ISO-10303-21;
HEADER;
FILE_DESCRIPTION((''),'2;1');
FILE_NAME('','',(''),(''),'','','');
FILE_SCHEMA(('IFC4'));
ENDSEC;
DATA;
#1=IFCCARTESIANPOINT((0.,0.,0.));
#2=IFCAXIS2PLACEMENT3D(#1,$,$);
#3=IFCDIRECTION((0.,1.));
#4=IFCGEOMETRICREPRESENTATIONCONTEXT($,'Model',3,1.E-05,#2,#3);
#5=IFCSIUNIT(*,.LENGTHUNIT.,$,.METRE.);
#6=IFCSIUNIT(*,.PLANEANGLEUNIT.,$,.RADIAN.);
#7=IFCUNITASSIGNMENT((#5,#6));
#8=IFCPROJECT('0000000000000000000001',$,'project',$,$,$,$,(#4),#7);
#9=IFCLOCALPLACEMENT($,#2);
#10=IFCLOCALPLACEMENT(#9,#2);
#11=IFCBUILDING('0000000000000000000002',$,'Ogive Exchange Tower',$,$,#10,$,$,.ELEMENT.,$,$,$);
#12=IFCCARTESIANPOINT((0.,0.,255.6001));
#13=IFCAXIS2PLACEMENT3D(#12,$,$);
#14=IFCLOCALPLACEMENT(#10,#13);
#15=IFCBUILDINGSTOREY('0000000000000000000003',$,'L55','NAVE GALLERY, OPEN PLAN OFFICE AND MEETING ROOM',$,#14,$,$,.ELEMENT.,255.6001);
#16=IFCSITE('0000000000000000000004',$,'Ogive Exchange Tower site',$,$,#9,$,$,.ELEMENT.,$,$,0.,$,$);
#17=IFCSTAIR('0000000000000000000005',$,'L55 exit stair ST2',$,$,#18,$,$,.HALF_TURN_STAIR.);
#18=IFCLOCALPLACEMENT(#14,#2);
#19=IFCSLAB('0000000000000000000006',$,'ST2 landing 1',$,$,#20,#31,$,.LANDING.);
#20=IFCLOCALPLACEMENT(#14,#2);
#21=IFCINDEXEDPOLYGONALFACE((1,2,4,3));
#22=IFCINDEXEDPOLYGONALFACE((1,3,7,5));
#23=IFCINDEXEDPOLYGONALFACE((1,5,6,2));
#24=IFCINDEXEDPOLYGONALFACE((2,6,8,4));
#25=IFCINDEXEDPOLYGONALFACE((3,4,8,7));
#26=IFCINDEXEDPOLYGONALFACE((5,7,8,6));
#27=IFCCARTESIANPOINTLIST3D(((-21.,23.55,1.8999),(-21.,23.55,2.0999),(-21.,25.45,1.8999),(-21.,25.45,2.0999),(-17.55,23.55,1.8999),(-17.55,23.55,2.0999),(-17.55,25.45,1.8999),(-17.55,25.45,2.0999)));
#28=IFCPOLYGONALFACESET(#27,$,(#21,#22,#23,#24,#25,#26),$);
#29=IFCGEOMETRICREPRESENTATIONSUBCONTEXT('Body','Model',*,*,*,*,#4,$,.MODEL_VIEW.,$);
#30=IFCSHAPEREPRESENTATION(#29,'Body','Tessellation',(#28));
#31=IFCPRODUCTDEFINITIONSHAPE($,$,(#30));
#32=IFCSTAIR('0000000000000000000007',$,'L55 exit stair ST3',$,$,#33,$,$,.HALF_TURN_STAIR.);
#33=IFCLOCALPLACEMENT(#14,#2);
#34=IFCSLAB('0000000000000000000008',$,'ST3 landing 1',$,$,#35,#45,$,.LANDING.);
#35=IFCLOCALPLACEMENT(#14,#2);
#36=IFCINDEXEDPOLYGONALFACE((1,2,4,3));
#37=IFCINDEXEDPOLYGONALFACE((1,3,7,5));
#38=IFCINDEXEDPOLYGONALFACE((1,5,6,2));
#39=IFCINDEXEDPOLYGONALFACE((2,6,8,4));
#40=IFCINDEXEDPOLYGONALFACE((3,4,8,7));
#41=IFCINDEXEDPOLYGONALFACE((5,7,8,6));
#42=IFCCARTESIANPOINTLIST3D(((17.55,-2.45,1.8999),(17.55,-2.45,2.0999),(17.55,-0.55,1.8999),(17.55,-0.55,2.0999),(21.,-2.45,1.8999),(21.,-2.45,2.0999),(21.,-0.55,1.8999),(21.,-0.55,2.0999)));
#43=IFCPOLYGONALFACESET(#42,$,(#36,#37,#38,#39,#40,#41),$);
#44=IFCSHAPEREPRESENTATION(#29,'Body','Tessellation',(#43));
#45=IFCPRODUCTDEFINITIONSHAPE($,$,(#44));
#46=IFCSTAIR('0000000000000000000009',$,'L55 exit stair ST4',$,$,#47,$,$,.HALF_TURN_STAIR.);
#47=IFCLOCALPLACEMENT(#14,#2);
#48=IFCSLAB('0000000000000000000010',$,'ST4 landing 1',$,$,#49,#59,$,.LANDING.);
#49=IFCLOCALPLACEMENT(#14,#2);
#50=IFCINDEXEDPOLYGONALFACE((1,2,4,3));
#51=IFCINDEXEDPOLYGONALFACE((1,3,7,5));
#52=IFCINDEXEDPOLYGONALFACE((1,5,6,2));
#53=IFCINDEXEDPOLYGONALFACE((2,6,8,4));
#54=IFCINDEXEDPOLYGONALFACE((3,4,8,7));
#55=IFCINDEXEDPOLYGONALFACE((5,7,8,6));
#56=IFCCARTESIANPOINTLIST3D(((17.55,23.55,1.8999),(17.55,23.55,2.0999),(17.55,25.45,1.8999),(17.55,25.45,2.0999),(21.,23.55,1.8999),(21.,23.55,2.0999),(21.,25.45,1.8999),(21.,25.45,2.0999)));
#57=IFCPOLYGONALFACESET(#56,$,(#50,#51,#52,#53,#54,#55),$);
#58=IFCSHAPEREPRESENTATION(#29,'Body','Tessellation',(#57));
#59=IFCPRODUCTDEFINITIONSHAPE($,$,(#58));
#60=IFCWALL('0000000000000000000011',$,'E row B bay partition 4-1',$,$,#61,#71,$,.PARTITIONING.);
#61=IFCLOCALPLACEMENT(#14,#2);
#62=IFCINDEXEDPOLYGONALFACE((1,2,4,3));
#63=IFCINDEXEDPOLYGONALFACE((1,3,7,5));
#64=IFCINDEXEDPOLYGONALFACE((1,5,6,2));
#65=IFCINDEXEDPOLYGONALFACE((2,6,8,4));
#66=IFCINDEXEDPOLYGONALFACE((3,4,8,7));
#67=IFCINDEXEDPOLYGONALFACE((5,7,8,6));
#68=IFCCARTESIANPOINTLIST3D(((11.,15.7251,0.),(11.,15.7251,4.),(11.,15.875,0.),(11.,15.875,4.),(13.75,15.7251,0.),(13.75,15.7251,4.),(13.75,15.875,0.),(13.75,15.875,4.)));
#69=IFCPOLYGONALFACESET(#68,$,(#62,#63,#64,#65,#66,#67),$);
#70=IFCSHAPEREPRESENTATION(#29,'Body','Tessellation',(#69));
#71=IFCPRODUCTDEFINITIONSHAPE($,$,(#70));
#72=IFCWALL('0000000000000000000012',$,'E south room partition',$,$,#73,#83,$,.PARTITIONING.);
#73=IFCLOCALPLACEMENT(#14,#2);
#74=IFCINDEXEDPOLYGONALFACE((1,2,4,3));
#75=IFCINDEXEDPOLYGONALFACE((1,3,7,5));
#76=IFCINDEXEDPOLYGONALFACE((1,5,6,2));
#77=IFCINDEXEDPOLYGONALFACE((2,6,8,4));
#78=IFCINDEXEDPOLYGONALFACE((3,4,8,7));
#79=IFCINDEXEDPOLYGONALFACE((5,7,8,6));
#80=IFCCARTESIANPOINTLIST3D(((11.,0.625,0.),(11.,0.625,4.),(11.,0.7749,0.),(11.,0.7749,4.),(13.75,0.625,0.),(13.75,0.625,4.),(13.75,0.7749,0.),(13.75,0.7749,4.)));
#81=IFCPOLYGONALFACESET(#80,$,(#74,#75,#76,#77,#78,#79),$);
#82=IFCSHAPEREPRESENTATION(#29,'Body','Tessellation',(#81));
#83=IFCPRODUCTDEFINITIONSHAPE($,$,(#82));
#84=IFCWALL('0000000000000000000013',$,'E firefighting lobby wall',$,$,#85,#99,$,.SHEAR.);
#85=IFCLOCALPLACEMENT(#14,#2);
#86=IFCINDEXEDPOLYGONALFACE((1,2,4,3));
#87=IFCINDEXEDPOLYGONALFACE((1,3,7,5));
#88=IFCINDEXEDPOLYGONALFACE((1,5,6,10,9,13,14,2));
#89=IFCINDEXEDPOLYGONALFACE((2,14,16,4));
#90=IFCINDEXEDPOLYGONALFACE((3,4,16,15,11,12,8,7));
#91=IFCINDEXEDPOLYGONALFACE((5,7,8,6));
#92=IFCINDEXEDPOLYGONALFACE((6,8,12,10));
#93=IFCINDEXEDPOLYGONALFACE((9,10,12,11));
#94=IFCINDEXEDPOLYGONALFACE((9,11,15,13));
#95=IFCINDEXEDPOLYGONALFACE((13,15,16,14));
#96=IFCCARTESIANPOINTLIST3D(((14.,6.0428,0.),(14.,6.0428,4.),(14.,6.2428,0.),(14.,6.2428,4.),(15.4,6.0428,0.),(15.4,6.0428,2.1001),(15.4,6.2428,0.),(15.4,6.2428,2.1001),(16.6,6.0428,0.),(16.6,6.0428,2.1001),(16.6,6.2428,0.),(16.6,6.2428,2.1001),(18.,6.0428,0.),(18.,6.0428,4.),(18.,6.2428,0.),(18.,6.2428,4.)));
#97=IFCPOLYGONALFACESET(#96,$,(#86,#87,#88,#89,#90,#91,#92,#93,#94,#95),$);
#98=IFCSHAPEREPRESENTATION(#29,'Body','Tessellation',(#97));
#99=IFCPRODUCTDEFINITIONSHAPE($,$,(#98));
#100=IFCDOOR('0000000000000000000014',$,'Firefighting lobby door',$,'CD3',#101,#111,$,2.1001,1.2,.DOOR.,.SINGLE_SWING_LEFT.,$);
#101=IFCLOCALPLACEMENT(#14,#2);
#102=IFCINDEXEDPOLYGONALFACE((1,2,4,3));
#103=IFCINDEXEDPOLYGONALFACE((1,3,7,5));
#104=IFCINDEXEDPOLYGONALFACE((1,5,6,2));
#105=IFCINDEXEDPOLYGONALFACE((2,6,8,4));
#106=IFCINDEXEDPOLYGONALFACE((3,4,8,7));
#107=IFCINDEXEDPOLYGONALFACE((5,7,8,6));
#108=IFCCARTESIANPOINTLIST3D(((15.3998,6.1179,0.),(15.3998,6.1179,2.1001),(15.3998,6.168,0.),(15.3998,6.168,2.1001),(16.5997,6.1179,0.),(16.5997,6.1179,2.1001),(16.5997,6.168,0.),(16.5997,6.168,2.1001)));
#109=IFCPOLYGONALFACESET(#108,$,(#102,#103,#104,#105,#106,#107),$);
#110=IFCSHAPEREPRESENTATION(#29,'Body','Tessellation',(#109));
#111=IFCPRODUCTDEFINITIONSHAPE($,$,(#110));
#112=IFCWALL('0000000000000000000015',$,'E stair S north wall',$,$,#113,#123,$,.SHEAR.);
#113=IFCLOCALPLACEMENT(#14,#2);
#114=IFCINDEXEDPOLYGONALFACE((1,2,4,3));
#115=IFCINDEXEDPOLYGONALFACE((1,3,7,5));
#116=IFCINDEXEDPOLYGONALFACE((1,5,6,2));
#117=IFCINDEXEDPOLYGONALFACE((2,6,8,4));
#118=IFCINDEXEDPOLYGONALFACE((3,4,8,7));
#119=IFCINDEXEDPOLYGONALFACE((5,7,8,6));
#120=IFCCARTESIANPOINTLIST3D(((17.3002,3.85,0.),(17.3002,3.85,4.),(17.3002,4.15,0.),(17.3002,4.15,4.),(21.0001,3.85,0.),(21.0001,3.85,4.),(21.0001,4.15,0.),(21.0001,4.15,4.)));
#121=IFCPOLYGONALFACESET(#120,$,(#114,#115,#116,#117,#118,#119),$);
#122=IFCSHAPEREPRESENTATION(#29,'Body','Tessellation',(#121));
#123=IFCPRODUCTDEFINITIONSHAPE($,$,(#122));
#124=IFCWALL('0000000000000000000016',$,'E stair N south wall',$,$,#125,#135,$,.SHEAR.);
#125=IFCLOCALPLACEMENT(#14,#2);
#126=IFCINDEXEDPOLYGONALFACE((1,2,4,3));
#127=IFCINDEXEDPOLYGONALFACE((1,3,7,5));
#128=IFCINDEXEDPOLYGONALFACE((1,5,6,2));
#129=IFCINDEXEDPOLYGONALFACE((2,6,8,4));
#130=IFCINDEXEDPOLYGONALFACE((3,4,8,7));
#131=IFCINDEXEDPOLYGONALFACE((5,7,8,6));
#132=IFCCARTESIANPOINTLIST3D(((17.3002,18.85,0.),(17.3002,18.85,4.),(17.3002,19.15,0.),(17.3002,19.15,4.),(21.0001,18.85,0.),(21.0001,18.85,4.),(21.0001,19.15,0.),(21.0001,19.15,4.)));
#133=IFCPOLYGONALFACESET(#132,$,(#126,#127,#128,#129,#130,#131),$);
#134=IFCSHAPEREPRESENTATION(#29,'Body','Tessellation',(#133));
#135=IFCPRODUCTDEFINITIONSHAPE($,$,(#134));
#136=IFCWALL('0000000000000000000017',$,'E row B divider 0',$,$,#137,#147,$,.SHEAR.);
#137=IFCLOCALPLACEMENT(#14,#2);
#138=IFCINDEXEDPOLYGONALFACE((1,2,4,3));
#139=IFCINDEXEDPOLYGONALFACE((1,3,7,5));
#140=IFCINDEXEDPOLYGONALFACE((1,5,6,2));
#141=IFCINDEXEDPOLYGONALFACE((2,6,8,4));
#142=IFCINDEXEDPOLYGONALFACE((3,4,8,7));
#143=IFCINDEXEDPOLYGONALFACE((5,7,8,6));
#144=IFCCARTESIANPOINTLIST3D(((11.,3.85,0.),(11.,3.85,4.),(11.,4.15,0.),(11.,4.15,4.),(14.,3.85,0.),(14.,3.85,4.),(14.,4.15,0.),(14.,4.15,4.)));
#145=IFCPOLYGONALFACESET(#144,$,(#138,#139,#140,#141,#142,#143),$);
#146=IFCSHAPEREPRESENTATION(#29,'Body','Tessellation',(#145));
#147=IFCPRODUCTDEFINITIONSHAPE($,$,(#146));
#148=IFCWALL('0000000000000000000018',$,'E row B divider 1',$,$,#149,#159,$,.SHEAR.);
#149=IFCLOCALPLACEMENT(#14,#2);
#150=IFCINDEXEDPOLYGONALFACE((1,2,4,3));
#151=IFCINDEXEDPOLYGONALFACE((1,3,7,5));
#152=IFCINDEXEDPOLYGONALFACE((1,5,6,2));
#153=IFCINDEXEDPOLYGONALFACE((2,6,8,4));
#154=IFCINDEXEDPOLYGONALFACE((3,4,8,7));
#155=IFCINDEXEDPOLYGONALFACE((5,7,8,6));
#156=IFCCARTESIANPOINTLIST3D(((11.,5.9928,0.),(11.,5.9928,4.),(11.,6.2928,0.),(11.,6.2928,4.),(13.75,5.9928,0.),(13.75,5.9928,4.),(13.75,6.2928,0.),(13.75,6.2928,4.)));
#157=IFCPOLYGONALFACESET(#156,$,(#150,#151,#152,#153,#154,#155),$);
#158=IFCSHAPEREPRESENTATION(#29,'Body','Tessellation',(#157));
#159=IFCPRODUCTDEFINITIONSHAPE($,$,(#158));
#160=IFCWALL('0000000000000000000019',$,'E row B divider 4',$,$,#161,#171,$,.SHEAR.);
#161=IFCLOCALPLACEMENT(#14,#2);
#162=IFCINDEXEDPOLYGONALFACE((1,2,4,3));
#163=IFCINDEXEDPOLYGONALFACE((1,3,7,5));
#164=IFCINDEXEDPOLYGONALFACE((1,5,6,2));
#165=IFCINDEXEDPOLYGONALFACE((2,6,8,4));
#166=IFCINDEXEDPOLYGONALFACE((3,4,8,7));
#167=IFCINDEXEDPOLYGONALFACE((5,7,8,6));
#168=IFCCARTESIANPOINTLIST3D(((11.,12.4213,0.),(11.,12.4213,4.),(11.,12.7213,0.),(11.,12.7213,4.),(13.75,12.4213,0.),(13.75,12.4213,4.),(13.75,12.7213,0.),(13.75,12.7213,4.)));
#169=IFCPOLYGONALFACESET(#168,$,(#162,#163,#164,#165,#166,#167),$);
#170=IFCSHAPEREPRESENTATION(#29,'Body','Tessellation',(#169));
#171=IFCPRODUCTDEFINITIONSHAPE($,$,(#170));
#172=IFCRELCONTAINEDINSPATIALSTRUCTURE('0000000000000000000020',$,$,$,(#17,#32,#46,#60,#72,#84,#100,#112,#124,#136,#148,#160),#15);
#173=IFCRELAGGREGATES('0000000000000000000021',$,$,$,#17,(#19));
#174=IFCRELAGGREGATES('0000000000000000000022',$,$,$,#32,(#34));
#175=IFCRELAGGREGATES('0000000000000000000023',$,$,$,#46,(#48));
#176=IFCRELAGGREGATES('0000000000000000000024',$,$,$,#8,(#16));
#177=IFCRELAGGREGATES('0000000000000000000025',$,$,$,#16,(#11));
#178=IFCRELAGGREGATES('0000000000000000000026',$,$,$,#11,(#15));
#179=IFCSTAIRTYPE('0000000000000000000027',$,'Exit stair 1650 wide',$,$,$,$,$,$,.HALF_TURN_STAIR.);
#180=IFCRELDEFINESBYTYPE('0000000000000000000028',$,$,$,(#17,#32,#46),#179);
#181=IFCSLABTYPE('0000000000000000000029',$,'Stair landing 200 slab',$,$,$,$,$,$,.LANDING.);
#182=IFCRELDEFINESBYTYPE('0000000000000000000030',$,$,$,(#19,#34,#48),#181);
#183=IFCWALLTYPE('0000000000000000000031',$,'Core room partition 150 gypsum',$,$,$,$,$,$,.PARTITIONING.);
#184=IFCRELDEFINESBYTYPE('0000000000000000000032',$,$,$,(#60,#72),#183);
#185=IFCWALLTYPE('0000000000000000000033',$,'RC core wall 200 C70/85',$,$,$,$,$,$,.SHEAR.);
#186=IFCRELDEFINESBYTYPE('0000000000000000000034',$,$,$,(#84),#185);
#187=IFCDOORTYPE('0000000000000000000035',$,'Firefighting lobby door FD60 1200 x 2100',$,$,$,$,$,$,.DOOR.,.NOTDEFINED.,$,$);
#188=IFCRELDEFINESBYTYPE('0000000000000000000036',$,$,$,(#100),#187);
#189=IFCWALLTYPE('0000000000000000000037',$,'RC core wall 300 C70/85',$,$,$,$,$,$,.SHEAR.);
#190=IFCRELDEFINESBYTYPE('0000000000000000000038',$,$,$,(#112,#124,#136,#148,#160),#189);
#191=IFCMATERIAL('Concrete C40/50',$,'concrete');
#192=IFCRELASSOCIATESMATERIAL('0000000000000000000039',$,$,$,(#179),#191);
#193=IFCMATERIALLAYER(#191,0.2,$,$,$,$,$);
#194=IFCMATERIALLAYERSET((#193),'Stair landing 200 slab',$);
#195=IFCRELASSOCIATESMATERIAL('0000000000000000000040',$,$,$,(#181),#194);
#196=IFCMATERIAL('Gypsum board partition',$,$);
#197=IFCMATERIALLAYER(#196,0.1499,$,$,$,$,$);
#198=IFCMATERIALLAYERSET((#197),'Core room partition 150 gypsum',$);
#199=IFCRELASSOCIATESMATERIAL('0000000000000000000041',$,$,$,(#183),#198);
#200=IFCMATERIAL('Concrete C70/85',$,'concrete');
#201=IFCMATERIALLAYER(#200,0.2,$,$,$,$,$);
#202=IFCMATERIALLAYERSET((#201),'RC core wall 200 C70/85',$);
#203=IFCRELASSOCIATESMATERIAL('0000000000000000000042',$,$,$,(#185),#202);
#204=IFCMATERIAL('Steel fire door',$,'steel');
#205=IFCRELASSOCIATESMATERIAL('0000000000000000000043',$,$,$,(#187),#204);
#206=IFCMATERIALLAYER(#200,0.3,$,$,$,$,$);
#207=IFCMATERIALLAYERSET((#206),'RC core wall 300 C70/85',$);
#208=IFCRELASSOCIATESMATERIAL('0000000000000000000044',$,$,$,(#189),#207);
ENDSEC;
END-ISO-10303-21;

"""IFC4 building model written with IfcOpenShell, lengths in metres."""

from ifc_helpers import new_model, si_unit, direction, frame, frame_2d, origin, place, context, subcontext, project, spatial, polyline, rectangle, outline, extrude, material, layer, layer_set, type_object, element, fill, aggregate, save


model = new_model("IFC4")

# Units and contexts
model_context = context("Model", 3, precision=1e-05, world=origin(), true_north=direction((0.0, 1.0)))
body_context = subcontext(model_context, "Body", "Model", "MODEL_VIEW")
ifc_project = project(units=[si_unit("LENGTHUNIT", "METRE"), si_unit("PLANEANGLEUNIT", "RADIAN")], contexts=[model_context])

# Site, building, storey
site_placement = place(None, origin())
site = spatial("IfcSite", under=ifc_project, at=site_placement, Name="Ogive Exchange Tower site", CompositionType="ELEMENT", RefElevation=0.0)
building_placement = place(site_placement, origin())
building = spatial("IfcBuilding", under=site, at=building_placement, Name="Ogive Exchange Tower", CompositionType="ELEMENT")
storey_placement = place(building_placement, frame((0.0, 0.0, 255.6001)))
storey = spatial("IfcBuildingStorey", under=building, at=storey_placement, Name="L55", Description="NAVE GALLERY, OPEN PLAN OFFICE AND MEETING ROOM", CompositionType="ELEMENT", Elevation=255.6001)

# Shared definitions
ifc_material_1 = material(Name="Concrete C70/85", Category="concrete")

# Stairs, slabs
ifc_material_2 = material(Name="Concrete C40/50", Category="concrete")
stair_type = type_object("IfcStairType", Name="Exit stair 1650 wide", PredefinedType="HALF_TURN_STAIR", material=ifc_material_2)
ifc_layer_1 = layer(ifc_material_2, 0.2)
ifc_layer_set_1 = layer_set([ifc_layer_1], Name="Stair landing 200 slab")
slab_type_1 = type_object("IfcSlabType", Name="Stair landing 200 slab", PredefinedType="LANDING", material=ifc_layer_set_1)
stair_1_placement = place(storey_placement, origin())
stair_1 = element("IfcStair", 1, at=stair_1_placement, inside=storey, type_object=stair_type, Name="L55 exit stair ST2", PredefinedType="HALF_TURN_STAIR")
slab_1_placement = place(storey_placement, frame((0.0, 0.0, 1.8999)))
slab_1 = element("IfcSlab", 2, at=slab_1_placement, type_object=slab_type_1, Name="ST2 landing 1", PredefinedType="LANDING", context=body_context, shape_type="SweptSolid", body=[
    extrude(outline(polyline([(-17.55, 23.55), (-17.55, 25.45), (-21.0, 25.45), (-21.0, 23.55), (-17.55, 23.55)])), origin(), (0.0, 0.0, 1.0), 0.2),
])
aggregate(stair_1, [slab_1])
stair_2_placement = place(storey_placement, origin())
stair_2 = element("IfcStair", 3, at=stair_2_placement, inside=storey, type_object=stair_type, Name="L55 exit stair ST3", PredefinedType="HALF_TURN_STAIR")
slab_2_placement = place(storey_placement, frame((0.0, 0.0, 1.8999)))
slab_2 = element("IfcSlab", 4, at=slab_2_placement, type_object=slab_type_1, Name="ST3 landing 1", PredefinedType="LANDING", context=body_context, shape_type="SweptSolid", body=[
    extrude(outline(polyline([(17.55, -0.55), (17.55, -2.45), (21.0, -2.45), (21.0, -0.55), (17.55, -0.55)])), origin(), (0.0, 0.0, 1.0), 0.2),
])
aggregate(stair_2, [slab_2])
stair_3_placement = place(storey_placement, origin())
stair_3 = element("IfcStair", 5, at=stair_3_placement, inside=storey, type_object=stair_type, Name="L55 exit stair ST4", PredefinedType="HALF_TURN_STAIR")
slab_3_placement = place(storey_placement, frame((0.0, 0.0, 1.8999)))
slab_3 = element("IfcSlab", 6, at=slab_3_placement, type_object=slab_type_1, Name="ST4 landing 1", PredefinedType="LANDING", context=body_context, shape_type="SweptSolid", body=[
    extrude(outline(polyline([(21.0, 23.55), (21.0, 25.45), (17.55, 25.45), (17.55, 23.55), (21.0, 23.55)])), origin(), (0.0, 0.0, 1.0), 0.2),
])
aggregate(stair_3, [slab_3])

# Walls
ifc_material_3 = material(Name="Gypsum board partition")
ifc_layer_2 = layer(ifc_material_3, 0.1499)
ifc_layer_set_2 = layer_set([ifc_layer_2], Name="Core room partition 150 gypsum")
wall_type_1 = type_object("IfcWallType", Name="Core room partition 150 gypsum", PredefinedType="PARTITIONING", material=ifc_layer_set_2)
for number, where, z_axis, x_axis, name in (
    (7, (11.0, 15.8, 0.0), (0.0, 0.0, 1.0), (1.0, 0.0, 0.0), "E row B bay partition 4-1"),
    (8, (11.0, 0.7, 0.0), (0.0, 0.0, 1.0), (1.0, 0.0, 0.0), "E south room partition"),
):
    element("IfcWall", number, at=place(storey_placement, frame(where, z_axis=z_axis, x_axis=x_axis)), inside=storey, type_object=wall_type_1, Name=name, PredefinedType="PARTITIONING", context=body_context, shape_type="SweptSolid", body=[
        extrude(rectangle(XDim=2.75, YDim=0.1499, at=frame_2d((1.375, 0.0))), origin(), (0.0, 0.0, 1.0), 4.0),
    ])

# Wall, opening, door
ifc_layer_3 = layer(ifc_material_1, 0.2)
ifc_layer_set_3 = layer_set([ifc_layer_3], Name="RC core wall 200 C70/85")
wall_type_2 = type_object("IfcWallType", Name="RC core wall 200 C70/85", PredefinedType="SHEAR", material=ifc_layer_set_3)
wall_1_placement = place(storey_placement, frame((14.0, 6.1428, 0.0), z_axis=(0.0, 0.0, 1.0), x_axis=(1.0, 0.0, 0.0)))
wall_1 = element("IfcWall", 9, at=wall_1_placement, inside=storey, type_object=wall_type_2, Name="E firefighting lobby wall", PredefinedType="SHEAR", context=body_context, shape_type="SweptSolid", body=[
    extrude(rectangle(XDim=4.0, YDim=0.2, at=frame_2d((2.0, 0.0))), origin(), (0.0, 0.0, 1.0), 4.0),
])
opening_placement = place(wall_1_placement, frame((1.3999, 0.0, 0.0)))
opening = element("IfcOpeningElement", 10, at=opening_placement, cuts=wall_1, PredefinedType="OPENING", context=body_context, shape_type="SweptSolid", body=[
    extrude(rectangle(XDim=1.2, YDim=2.1001, at=frame_2d((0.6001, 1.05))), frame((0.0, 0.1099, 0.0), z_axis=(0.0, -1.0, 0.0), x_axis=(1.0, 0.0, 0.0)), (0.0, 0.0, 1.0), 0.22),
])
ifc_material_4 = material(Name="Steel fire door", Category="steel")
door_type = type_object("IfcDoorType", Name="Firefighting lobby door FD60 1200 x 2100", OperationType="NOTDEFINED", PredefinedType="DOOR", material=ifc_material_4)
door_placement = place(opening_placement, frame((1.2, 0.0, 0.0), z_axis=(0.0, 0.0, 1.0), x_axis=(-1.0, 0.0, 0.0)))
door = element("IfcDoor", 11, at=door_placement, inside=storey, type_object=door_type, Name="Firefighting lobby door", ObjectType="CD3", OperationType="SINGLE_SWING_LEFT", OverallHeight=2.1001, OverallWidth=1.2, PredefinedType="DOOR", context=body_context, shape_type="SweptSolid", body=[
    extrude(rectangle(XDim=1.2, YDim=2.1001, at=frame_2d((0.6001, 1.05))), frame((0.0, 0.0249, 0.0), z_axis=(0.0, -1.0, 0.0), x_axis=(1.0, 0.0, 0.0)), (0.0, 0.0, 1.0), 0.05),
])
fill(opening, door)

# Walls
ifc_layer_4 = layer(ifc_material_1, 0.3)
ifc_layer_set_4 = layer_set([ifc_layer_4], Name="RC core wall 300 C70/85")
wall_type_3 = type_object("IfcWallType", Name="RC core wall 300 C70/85", PredefinedType="SHEAR", material=ifc_layer_set_4)
for number, where, z_axis, x_axis, name in (
    (12, (17.3, 4.0, 0.0), (0.0, 0.0, 1.0), (1.0, 0.0, 0.0), "E stair S north wall"),
    (13, (17.3, 19.0, 0.0), (0.0, 0.0, 1.0), (1.0, 0.0, 0.0), "E stair N south wall"),
):
    element("IfcWall", number, at=place(storey_placement, frame(where, z_axis=z_axis, x_axis=x_axis)), inside=storey, type_object=wall_type_3, Name=name, PredefinedType="SHEAR", context=body_context, shape_type="SweptSolid", body=[
        extrude(rectangle(XDim=3.7, YDim=0.3, at=frame_2d((1.8501, 0.0))), origin(), (0.0, 0.0, 1.0), 4.0),
    ])
wall_2_placement = place(storey_placement, frame((11.0, 4.0, 0.0), z_axis=(0.0, 0.0, 1.0), x_axis=(1.0, 0.0, 0.0)))
element("IfcWall", 14, at=wall_2_placement, inside=storey, type_object=wall_type_3, Name="E row B divider 0", PredefinedType="SHEAR", context=body_context, shape_type="SweptSolid", body=[
    extrude(rectangle(XDim=3.0, YDim=0.3, at=frame_2d((1.5, 0.0))), origin(), (0.0, 0.0, 1.0), 4.0),
])
for number, where, z_axis, x_axis, name in (
    (15, (11.0, 6.1428, 0.0), (0.0, 0.0, 1.0), (1.0, 0.0, 0.0), "E row B divider 1"),
    (16, (11.0, 12.5713, 0.0), (0.0, 0.0, 1.0), (1.0, 0.0, 0.0), "E row B divider 4"),
):
    element("IfcWall", number, at=place(storey_placement, frame(where, z_axis=z_axis, x_axis=x_axis)), inside=storey, type_object=wall_type_3, Name=name, PredefinedType="SHEAR", context=body_context, shape_type="SweptSolid", body=[
        extrude(rectangle(XDim=2.75, YDim=0.3, at=frame_2d((1.375, 0.0))), origin(), (0.0, 0.0, 1.0), 4.0),
    ])

save(model, "model.ifc")
